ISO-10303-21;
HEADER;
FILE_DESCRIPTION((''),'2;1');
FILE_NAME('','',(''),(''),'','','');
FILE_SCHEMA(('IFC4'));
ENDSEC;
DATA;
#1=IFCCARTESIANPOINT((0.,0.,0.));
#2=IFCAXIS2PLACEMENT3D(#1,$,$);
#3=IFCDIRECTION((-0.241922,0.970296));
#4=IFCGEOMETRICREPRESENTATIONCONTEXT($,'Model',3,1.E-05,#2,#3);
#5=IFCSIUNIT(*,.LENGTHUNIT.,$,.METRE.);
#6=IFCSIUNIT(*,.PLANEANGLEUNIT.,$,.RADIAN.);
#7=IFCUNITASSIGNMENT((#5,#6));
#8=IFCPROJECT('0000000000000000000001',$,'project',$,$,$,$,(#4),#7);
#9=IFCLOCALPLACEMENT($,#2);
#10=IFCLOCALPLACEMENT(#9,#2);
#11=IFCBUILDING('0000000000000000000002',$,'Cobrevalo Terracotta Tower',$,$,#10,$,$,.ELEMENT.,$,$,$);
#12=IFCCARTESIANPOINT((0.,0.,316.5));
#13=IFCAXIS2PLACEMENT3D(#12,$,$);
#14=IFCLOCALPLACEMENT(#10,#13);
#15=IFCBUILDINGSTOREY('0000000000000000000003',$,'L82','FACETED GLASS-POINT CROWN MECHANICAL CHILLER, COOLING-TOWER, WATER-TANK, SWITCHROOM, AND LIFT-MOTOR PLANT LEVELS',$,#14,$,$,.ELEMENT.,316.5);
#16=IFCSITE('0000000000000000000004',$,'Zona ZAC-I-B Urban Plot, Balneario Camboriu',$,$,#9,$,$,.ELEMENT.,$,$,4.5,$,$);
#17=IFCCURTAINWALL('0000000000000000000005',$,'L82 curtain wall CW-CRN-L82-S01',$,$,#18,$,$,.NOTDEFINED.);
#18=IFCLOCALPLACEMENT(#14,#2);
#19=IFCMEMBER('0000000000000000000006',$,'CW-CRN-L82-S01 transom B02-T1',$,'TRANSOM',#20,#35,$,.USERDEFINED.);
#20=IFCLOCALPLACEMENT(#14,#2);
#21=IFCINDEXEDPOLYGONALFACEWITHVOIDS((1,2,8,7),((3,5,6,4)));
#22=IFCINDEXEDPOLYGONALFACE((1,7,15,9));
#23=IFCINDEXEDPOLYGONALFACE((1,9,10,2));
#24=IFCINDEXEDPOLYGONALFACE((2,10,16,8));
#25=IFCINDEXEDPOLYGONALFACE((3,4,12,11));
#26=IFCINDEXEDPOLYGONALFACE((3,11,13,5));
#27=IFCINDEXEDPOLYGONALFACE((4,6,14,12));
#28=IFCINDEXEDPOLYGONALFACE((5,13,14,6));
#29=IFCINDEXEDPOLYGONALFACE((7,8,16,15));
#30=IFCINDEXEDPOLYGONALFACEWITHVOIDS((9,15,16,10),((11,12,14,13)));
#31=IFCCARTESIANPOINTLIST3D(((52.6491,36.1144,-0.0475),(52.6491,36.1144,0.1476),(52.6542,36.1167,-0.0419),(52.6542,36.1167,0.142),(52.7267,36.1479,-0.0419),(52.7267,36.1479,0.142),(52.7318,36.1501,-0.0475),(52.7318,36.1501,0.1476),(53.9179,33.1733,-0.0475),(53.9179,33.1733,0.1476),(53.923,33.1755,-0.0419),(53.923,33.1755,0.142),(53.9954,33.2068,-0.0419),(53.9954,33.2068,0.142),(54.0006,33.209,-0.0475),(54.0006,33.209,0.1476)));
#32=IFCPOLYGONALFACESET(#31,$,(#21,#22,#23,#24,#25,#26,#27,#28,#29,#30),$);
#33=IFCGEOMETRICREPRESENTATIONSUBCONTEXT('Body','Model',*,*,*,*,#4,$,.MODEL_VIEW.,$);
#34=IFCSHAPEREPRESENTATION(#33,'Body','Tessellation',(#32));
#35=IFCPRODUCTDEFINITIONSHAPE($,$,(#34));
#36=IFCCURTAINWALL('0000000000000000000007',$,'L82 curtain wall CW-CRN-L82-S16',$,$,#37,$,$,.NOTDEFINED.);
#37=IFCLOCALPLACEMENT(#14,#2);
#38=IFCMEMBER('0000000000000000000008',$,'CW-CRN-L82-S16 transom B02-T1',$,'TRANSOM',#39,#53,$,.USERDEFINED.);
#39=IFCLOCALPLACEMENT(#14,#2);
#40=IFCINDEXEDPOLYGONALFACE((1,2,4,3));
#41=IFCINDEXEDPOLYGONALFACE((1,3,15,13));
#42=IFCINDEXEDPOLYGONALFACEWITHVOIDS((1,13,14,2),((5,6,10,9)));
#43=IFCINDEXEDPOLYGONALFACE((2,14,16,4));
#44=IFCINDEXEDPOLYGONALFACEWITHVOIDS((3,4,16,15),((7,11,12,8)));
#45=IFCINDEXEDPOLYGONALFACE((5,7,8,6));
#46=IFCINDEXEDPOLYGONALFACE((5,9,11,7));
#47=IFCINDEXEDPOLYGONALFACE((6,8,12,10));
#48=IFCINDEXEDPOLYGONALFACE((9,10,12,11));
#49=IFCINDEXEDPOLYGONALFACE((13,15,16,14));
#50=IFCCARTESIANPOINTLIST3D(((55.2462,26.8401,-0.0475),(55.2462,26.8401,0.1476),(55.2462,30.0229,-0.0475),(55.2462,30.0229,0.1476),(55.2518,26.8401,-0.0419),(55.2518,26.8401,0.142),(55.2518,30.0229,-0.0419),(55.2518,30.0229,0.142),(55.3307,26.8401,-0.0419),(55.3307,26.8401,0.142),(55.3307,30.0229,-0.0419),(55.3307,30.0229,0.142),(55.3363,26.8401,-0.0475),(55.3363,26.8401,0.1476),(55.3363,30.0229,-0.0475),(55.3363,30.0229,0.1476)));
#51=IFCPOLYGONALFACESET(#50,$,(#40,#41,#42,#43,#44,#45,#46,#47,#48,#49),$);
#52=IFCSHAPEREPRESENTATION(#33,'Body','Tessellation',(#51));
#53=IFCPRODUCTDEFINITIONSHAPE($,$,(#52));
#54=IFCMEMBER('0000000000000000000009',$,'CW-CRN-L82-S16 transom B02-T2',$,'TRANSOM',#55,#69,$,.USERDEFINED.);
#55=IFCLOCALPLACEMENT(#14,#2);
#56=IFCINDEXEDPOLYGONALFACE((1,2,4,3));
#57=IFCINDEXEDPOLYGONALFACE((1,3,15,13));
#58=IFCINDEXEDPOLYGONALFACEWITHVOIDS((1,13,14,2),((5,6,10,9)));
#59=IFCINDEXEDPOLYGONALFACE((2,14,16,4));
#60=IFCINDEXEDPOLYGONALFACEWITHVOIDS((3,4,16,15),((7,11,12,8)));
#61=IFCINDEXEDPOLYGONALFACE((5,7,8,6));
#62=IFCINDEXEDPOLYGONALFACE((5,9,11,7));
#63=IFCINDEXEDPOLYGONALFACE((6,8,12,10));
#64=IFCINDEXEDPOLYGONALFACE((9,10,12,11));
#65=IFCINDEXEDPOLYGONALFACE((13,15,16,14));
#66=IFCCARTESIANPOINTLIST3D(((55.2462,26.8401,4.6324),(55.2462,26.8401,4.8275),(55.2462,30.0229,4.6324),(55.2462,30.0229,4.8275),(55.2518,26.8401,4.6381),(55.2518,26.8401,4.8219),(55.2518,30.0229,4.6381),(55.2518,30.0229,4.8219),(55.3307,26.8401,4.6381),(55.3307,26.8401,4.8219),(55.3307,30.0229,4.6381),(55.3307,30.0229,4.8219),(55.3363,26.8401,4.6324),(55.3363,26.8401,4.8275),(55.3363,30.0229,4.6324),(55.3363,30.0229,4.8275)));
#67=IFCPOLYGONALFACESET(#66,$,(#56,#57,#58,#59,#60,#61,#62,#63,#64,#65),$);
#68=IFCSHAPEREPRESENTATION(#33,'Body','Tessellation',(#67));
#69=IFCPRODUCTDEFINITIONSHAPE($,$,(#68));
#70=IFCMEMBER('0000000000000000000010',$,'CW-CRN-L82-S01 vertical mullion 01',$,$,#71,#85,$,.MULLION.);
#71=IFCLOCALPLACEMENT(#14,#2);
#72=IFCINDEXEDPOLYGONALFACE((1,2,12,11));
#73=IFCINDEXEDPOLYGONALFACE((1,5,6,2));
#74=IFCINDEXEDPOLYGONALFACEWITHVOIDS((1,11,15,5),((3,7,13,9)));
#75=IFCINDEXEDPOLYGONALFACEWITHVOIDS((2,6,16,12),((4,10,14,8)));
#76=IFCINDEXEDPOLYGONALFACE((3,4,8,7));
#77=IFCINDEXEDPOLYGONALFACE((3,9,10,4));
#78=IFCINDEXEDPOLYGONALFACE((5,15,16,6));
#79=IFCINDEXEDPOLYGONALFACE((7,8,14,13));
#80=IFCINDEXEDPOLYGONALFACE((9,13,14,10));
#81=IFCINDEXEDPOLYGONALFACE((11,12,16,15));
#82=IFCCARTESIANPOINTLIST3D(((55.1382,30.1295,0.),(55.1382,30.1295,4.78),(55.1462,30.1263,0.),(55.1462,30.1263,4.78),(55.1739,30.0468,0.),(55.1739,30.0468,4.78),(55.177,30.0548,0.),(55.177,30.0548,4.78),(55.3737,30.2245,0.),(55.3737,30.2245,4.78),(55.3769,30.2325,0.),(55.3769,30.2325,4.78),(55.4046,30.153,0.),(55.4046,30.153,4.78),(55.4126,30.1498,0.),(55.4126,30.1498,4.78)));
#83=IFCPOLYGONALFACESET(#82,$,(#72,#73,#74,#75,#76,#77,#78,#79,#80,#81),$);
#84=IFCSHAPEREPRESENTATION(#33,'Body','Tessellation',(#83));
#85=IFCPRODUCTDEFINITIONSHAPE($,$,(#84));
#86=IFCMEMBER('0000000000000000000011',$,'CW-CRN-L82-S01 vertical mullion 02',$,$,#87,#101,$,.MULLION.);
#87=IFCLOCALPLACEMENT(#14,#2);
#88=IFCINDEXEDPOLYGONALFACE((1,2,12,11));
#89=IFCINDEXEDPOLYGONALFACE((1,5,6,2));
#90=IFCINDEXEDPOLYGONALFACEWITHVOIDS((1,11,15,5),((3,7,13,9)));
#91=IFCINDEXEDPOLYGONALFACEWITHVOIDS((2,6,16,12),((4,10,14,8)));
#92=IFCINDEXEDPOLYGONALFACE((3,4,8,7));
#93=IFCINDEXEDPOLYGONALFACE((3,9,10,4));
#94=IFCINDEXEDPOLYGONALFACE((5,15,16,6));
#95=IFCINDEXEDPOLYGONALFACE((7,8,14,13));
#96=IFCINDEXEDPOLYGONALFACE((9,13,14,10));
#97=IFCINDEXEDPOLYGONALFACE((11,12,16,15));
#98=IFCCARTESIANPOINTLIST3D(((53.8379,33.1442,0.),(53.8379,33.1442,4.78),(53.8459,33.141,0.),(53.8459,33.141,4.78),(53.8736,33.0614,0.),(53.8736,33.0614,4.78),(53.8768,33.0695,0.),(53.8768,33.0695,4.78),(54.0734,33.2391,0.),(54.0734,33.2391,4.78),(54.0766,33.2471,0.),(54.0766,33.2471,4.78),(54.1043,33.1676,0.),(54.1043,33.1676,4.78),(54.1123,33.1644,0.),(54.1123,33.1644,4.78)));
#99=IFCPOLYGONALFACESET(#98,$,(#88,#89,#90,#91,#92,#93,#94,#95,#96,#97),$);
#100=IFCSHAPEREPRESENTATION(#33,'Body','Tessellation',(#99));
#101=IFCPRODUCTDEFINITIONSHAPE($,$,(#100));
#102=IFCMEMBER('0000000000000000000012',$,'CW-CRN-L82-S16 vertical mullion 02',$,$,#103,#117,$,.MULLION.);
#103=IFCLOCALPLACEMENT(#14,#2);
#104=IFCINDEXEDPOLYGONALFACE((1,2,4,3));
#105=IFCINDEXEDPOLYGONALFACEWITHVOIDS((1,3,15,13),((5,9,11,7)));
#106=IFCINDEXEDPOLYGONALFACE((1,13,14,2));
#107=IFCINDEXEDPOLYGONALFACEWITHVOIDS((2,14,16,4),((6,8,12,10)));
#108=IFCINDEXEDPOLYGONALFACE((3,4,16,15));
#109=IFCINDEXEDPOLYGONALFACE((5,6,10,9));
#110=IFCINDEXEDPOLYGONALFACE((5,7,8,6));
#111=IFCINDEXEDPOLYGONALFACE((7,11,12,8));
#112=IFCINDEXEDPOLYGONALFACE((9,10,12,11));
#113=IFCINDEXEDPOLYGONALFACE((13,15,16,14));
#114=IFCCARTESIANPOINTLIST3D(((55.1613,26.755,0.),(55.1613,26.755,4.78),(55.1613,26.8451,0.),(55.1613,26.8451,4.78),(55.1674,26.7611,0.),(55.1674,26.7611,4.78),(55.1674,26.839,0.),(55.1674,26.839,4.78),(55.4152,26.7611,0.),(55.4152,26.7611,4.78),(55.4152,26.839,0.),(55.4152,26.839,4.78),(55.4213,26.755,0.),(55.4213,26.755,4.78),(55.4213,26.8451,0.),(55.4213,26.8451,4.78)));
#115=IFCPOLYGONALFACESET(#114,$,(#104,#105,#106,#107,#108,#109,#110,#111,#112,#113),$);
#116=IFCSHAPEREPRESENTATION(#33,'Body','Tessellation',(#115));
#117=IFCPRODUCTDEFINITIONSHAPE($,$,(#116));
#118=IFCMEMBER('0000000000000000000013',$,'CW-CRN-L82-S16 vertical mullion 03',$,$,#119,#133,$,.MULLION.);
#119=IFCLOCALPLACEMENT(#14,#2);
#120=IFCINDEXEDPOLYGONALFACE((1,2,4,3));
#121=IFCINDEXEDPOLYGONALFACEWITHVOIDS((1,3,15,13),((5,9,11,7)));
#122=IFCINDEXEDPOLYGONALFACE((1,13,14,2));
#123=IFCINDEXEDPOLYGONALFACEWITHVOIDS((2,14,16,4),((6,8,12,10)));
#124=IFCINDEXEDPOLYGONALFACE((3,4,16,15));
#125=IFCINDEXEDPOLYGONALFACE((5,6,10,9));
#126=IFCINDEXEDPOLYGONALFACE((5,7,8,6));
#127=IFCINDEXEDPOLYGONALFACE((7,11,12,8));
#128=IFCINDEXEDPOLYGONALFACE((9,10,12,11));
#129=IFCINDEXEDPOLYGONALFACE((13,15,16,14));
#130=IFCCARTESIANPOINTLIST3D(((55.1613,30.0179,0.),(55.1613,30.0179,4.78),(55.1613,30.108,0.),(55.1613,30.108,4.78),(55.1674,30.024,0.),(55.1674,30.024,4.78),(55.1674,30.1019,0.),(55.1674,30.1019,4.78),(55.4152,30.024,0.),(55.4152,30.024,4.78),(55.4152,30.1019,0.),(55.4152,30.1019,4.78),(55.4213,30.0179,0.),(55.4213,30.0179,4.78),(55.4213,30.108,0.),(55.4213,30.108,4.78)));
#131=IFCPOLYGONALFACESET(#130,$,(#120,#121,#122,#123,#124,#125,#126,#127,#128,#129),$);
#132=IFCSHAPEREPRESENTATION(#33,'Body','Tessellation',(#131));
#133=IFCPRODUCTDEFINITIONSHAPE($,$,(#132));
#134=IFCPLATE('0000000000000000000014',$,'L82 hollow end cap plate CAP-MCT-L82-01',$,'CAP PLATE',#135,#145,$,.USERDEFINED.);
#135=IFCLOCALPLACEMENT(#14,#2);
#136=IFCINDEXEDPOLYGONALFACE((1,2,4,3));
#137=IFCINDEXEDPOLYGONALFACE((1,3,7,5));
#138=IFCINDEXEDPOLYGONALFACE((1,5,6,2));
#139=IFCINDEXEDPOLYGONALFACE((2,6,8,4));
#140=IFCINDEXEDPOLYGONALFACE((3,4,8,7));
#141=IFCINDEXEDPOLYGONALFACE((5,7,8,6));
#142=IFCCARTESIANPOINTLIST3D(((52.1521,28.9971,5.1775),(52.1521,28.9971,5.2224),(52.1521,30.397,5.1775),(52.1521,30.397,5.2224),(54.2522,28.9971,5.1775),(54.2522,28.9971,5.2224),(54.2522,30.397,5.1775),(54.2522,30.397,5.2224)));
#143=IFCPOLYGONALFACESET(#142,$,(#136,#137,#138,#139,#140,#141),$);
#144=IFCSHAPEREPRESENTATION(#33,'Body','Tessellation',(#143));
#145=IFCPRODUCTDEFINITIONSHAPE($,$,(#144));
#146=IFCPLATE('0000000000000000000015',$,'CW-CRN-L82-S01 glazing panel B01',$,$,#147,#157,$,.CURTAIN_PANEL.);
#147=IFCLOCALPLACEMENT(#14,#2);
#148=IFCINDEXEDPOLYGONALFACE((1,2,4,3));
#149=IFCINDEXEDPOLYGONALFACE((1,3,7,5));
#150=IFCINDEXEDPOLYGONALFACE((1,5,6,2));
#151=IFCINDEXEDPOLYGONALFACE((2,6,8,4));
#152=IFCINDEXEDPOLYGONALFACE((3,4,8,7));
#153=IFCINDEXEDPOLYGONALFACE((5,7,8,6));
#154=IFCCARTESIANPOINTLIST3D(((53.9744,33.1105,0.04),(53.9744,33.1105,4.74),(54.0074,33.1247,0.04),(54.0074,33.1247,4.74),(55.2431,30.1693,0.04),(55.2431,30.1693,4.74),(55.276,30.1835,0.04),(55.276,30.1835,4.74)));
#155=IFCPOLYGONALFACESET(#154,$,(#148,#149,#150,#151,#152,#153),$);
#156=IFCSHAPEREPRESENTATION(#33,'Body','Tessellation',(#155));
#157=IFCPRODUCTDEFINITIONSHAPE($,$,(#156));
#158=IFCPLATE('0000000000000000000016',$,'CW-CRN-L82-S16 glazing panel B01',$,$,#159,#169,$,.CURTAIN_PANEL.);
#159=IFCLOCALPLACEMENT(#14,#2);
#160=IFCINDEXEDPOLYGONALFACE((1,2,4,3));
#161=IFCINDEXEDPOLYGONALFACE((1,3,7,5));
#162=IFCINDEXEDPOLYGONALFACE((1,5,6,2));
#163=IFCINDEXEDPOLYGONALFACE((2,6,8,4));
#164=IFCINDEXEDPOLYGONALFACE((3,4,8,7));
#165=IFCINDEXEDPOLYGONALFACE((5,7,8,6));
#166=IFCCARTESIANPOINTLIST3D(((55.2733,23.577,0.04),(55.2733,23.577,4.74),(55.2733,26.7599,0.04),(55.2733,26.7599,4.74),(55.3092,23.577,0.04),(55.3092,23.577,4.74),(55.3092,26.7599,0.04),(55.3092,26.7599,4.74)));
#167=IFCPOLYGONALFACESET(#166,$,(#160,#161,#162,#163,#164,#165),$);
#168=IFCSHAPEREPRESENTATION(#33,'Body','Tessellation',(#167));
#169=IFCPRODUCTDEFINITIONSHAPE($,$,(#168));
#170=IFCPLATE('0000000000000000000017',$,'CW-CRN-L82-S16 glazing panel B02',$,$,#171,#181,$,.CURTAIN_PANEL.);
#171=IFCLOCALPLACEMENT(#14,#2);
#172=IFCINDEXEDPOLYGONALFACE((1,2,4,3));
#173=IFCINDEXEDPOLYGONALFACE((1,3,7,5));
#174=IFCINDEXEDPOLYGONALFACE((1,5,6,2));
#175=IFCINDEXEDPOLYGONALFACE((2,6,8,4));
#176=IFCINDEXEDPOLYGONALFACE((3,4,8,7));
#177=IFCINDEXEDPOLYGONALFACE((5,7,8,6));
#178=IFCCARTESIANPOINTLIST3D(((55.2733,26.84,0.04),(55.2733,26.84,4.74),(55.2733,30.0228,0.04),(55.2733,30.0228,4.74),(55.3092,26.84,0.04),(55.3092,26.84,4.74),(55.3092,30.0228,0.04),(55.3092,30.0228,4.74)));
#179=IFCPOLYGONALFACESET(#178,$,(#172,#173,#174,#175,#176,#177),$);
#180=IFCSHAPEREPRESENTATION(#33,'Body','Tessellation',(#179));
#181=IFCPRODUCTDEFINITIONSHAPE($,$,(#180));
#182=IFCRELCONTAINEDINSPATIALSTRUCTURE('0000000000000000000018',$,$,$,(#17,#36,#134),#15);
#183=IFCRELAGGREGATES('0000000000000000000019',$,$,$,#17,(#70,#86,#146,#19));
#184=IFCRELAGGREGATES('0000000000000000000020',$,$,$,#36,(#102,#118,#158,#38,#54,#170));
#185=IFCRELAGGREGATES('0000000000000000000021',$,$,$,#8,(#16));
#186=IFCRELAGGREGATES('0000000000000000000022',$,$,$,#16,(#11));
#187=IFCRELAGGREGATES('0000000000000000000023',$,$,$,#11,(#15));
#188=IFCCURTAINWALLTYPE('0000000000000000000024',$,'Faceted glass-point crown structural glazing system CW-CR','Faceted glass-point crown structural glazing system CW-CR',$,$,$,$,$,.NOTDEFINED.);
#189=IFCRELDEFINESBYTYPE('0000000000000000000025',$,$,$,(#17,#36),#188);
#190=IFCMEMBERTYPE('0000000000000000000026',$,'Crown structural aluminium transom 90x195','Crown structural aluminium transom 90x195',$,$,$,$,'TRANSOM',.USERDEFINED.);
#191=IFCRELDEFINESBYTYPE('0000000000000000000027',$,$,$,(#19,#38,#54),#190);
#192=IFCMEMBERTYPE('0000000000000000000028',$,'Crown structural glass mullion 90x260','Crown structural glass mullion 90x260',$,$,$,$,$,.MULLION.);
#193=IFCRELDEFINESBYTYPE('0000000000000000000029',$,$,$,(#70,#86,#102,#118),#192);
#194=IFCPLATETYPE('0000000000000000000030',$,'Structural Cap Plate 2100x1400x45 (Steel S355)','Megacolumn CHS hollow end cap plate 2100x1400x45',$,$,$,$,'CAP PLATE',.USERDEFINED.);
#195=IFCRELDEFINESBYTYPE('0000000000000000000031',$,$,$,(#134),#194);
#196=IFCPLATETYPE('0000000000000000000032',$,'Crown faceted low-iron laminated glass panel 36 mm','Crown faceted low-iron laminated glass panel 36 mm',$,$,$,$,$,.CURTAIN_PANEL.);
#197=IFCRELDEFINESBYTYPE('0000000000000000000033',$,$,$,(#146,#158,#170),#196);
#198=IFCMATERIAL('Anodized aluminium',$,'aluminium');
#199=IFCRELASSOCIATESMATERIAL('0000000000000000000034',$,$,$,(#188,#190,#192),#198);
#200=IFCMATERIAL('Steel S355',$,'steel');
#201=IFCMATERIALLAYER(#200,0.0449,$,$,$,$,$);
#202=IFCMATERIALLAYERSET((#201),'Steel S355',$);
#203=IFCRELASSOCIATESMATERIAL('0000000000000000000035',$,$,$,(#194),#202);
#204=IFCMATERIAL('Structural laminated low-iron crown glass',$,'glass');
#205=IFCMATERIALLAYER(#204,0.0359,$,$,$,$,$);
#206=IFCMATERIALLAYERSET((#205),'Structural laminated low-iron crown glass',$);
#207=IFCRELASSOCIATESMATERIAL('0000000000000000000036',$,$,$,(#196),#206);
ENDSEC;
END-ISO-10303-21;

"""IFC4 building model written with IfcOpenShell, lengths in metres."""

from ifc_helpers import new_model, si_unit, direction, frame, origin, origin_2d, place, context, subcontext, project, spatial, rectangle, hollow_rectangle, extrude, source, transform, mapped, material, layer, layer_set, material_profile, profile_set, type_object, element, aggregate, save


model = new_model("IFC4")

# Units and contexts
model_context = context("Model", 3, precision=1e-05, world=origin(), true_north=direction((-0.241922, 0.970296)))
body_context = subcontext(model_context, "Body", "Model", "MODEL_VIEW")
ifc_project = project(units=[si_unit("LENGTHUNIT", "METRE"), si_unit("PLANEANGLEUNIT", "RADIAN")], contexts=[model_context])

# Site, building, storey
site_placement = place(None, origin())
site = spatial("IfcSite", under=ifc_project, at=site_placement, Name="Zona ZAC-I-B Urban Plot, Balneario Camboriu", CompositionType="ELEMENT", RefElevation=4.5)
building_placement = place(site_placement, origin())
building = spatial("IfcBuilding", under=site, at=building_placement, Name="Cobrevalo Terracotta Tower", CompositionType="ELEMENT")
storey_placement = place(building_placement, frame((0.0, 0.0, 316.5)))
storey = spatial("IfcBuildingStorey", under=building, at=storey_placement, Name="L82", Description="FACETED GLASS-POINT CROWN MECHANICAL CHILLER, COOLING-TOWER, WATER-TANK, SWITCHROOM, AND LIFT-MOTOR PLANT LEVELS", CompositionType="ELEMENT", Elevation=316.5)

# Shared definitions
ifc_material_1 = material(Name="Steel S355", Category="steel")

# Curtain walls, members
ifc_material_2 = material(Name="Anodized aluminium", Category="aluminium")
curtain_wall_type = type_object("IfcCurtainWallType", Name="Faceted glass-point crown structural glazing system CW-CR", Description="Faceted glass-point crown structural glazing system CW-CR", PredefinedType="NOTDEFINED", material=ifc_material_2)
curtain_wall_1_placement = place(storey_placement, origin())
curtain_wall_1 = element("IfcCurtainWall", 1, at=curtain_wall_1_placement, inside=storey, type_object=curtain_wall_type, Name="L82 curtain wall CW-CRN-L82-S01", PredefinedType="NOTDEFINED")
ifc_material_profile_1 = material_profile(ifc_material_2, hollow_rectangle(XDim=0.0901, YDim=0.1951, WallThickness=0.0056, at=origin_2d()), Name="CWT 90x195")
ifc_profile_set_1 = profile_set([ifc_material_profile_1], Name="Anodized aluminium")
member_type_1 = type_object("IfcMemberType", Name="Crown structural aluminium transom 90x195", Description="Crown structural aluminium transom 90x195", ElementType="TRANSOM", PredefinedType="USERDEFINED", material=ifc_profile_set_1)
shared_shape_1 = source(origin(), body_context, "Body", "SweptSolid", [
    extrude(hollow_rectangle(XDim=0.0901, YDim=0.1951, WallThickness=0.0056, at=origin_2d()), origin(), (0.0, 0.0, 1.0), 3.2031),
])
member_1_placement = place(storey_placement, frame((53.9592, 33.1912, 0.05), z_axis=(-0.396107, 0.918204, 0.0), x_axis=(-0.918204, -0.396107, 0.0)))
member_1 = element("IfcMember", 2, at=member_1_placement, type_object=member_type_1, Name="CW-CRN-L82-S01 transom B02-T1", ObjectType="TRANSOM", PredefinedType="USERDEFINED", context=body_context, shape_type="MappedRepresentation", body=[
    mapped(shared_shape_1, transform((0.0, 0.0, 0.0), scale=1.0)),
])
curtain_wall_2_placement = place(storey_placement, origin())
curtain_wall_2 = element("IfcCurtainWall", 3, at=curtain_wall_2_placement, inside=storey, type_object=curtain_wall_type, Name="L82 curtain wall CW-CRN-L82-S16", PredefinedType="NOTDEFINED")
shared_shape_2 = source(origin(), body_context, "Body", "SweptSolid", [
    extrude(hollow_rectangle(XDim=0.0901, YDim=0.1951, WallThickness=0.0056, at=origin_2d()), origin(), (0.0, 0.0, 1.0), 3.1829),
])
member_2_placement = place(storey_placement, frame((55.2913, 26.8401, 0.05), z_axis=(0.0, 1.0, 0.0), x_axis=(-1.0, 0.0, 0.0)))
member_2 = element("IfcMember", 4, at=member_2_placement, type_object=member_type_1, Name="CW-CRN-L82-S16 transom B02-T1", ObjectType="TRANSOM", PredefinedType="USERDEFINED", context=body_context, shape_type="MappedRepresentation", body=[
    mapped(shared_shape_2, transform((0.0, 0.0, 0.0), scale=1.0)),
])
member_3_placement = place(storey_placement, frame((55.2913, 26.8401, 4.73), z_axis=(0.0, 1.0, 0.0), x_axis=(-1.0, 0.0, 0.0)))
member_3 = element("IfcMember", 5, at=member_3_placement, type_object=member_type_1, Name="CW-CRN-L82-S16 transom B02-T2", ObjectType="TRANSOM", PredefinedType="USERDEFINED", context=body_context, shape_type="MappedRepresentation", body=[
    mapped(shared_shape_2, transform((0.0, 0.0, 0.0), scale=1.0)),
])

# Members
ifc_material_profile_2 = material_profile(ifc_material_2, hollow_rectangle(XDim=0.0901, YDim=0.26, WallThickness=0.0061, at=origin_2d()), Name="CWM 90x260")
ifc_profile_set_2 = profile_set([ifc_material_profile_2], Name="Anodized aluminium")
member_type_2 = type_object("IfcMemberType", Name="Crown structural glass mullion 90x260", Description="Crown structural glass mullion 90x260", PredefinedType="MULLION", material=ifc_profile_set_2)
shared_shape_3 = source(origin(), body_context, "Body", "SweptSolid", [
    extrude(hollow_rectangle(XDim=0.0901, YDim=0.26, WallThickness=0.0061, at=origin_2d()), origin(), (0.0, 0.0, 1.0), 4.78),
])
member_4_placement = place(storey_placement, frame((55.2754, 30.1396, 0.0), z_axis=(0.0, 0.0, 1.0), x_axis=(-0.396058, 0.918225, 0.0)))
member_4 = element("IfcMember", 6, at=member_4_placement, type_object=member_type_2, Name="CW-CRN-L82-S01 vertical mullion 01", PredefinedType="MULLION", context=body_context, shape_type="MappedRepresentation", body=[
    mapped(shared_shape_3, transform((0.0, 0.0, 0.0), scale=1.0)),
])
member_5_placement = place(storey_placement, frame((53.9751, 33.1543, 0.0), z_axis=(0.0, 0.0, 1.0), x_axis=(-0.396058, 0.918225, 0.0)))
member_5 = element("IfcMember", 7, at=member_5_placement, type_object=member_type_2, Name="CW-CRN-L82-S01 vertical mullion 02", PredefinedType="MULLION", context=body_context, shape_type="MappedRepresentation", body=[
    mapped(shared_shape_3, transform((0.0, 0.0, 0.0), scale=1.0)),
])
member_6_placement = place(storey_placement, frame((55.2913, 26.8, 0.0), z_axis=(0.0, 0.0, 1.0), x_axis=(0.0, 1.0, 0.0)))
member_6 = element("IfcMember", 8, at=member_6_placement, type_object=member_type_2, Name="CW-CRN-L82-S16 vertical mullion 02", PredefinedType="MULLION", context=body_context, shape_type="MappedRepresentation", body=[
    mapped(shared_shape_3, transform((0.0, 0.0, 0.0), scale=1.0)),
])
member_7_placement = place(storey_placement, frame((55.2913, 30.063, 0.0), z_axis=(0.0, 0.0, 1.0), x_axis=(0.0, 1.0, 0.0)))
member_7 = element("IfcMember", 9, at=member_7_placement, type_object=member_type_2, Name="CW-CRN-L82-S16 vertical mullion 03", PredefinedType="MULLION", context=body_context, shape_type="MappedRepresentation", body=[
    mapped(shared_shape_3, transform((0.0, 0.0, 0.0), scale=1.0)),
])

# Plates
ifc_layer_1 = layer(ifc_material_1, 0.0449)
ifc_layer_set_1 = layer_set([ifc_layer_1], Name="Steel S355")
plate_type_1 = type_object("IfcPlateType", Name="Structural Cap Plate 2100x1400x45 (Steel S355)", Description="Megacolumn CHS hollow end cap plate 2100x1400x45", ElementType="CAP PLATE", PredefinedType="USERDEFINED", material=ifc_layer_set_1)
shared_shape_4 = source(origin(), body_context, "Body", "SweptSolid", [
    extrude(rectangle(XDim=2.1001, YDim=1.3999, at=origin_2d()), origin(), (0.0, 0.0, 1.0), 0.0449),
])
plate_1_placement = place(storey_placement, frame((53.2021, 29.697, 5.1775), z_axis=(0.0, 0.0, 1.0), x_axis=(1.0, 0.0, 0.0)))
element("IfcPlate", 10, at=plate_1_placement, inside=storey, type_object=plate_type_1, Name="L82 hollow end cap plate CAP-MCT-L82-01", ObjectType="CAP PLATE", PredefinedType="USERDEFINED", context=body_context, shape_type="MappedRepresentation", body=[
    mapped(shared_shape_4, transform((0.0, 0.0, 0.0), scale=1.0)),
])
ifc_material_3 = material(Name="Structural laminated low-iron crown glass", Category="glass")
ifc_layer_2 = layer(ifc_material_3, 0.0359)
ifc_layer_set_2 = layer_set([ifc_layer_2], Name="Structural laminated low-iron crown glass")
plate_type_2 = type_object("IfcPlateType", Name="Crown faceted low-iron laminated glass panel 36 mm", Description="Crown faceted low-iron laminated glass panel 36 mm", PredefinedType="CURTAIN_PANEL", material=ifc_layer_set_2)
shared_shape_5 = source(origin(), body_context, "Body", "SweptSolid", [
    extrude(rectangle(XDim=3.2031, YDim=0.0359, at=origin_2d()), origin(), (0.0, 0.0, 1.0), 4.7),
])
plate_2_placement = place(storey_placement, frame((54.6252, 31.647, 0.04), z_axis=(0.0, 0.0, 1.0), x_axis=(-0.396066, 0.918222, 0.0)))
plate_2 = element("IfcPlate", 11, at=plate_2_placement, type_object=plate_type_2, Name="CW-CRN-L82-S01 glazing panel B01", PredefinedType="CURTAIN_PANEL", context=body_context, shape_type="MappedRepresentation", body=[
    mapped(shared_shape_5, transform((0.0, 0.0, 0.0), scale=1.0)),
])
aggregate(curtain_wall_1, [member_4, member_5, plate_2, member_1])
shared_shape_6 = source(origin(), body_context, "Body", "SweptSolid", [
    extrude(rectangle(XDim=3.1829, YDim=0.0359, at=origin_2d()), origin(), (0.0, 0.0, 1.0), 4.7),
])
plate_3_placement = place(storey_placement, frame((55.2913, 25.1685, 0.04), z_axis=(0.0, 0.0, 1.0), x_axis=(0.0, 1.0, 0.0)))
plate_3 = element("IfcPlate", 12, at=plate_3_placement, type_object=plate_type_2, Name="CW-CRN-L82-S16 glazing panel B01", PredefinedType="CURTAIN_PANEL", context=body_context, shape_type="MappedRepresentation", body=[
    mapped(shared_shape_6, transform((0.0, 0.0, 0.0), scale=1.0)),
])
plate_4_placement = place(storey_placement, frame((55.2913, 28.4314, 0.04), z_axis=(0.0, 0.0, 1.0), x_axis=(0.0, 1.0, 0.0)))
plate_4 = element("IfcPlate", 13, at=plate_4_placement, type_object=plate_type_2, Name="CW-CRN-L82-S16 glazing panel B02", PredefinedType="CURTAIN_PANEL", context=body_context, shape_type="MappedRepresentation", body=[
    mapped(shared_shape_6, transform((0.0, 0.0, 0.0), scale=1.0)),
])
aggregate(curtain_wall_2, [member_6, member_7, plate_3, member_2, member_3, plate_4])

save(model, "model.ifc")
